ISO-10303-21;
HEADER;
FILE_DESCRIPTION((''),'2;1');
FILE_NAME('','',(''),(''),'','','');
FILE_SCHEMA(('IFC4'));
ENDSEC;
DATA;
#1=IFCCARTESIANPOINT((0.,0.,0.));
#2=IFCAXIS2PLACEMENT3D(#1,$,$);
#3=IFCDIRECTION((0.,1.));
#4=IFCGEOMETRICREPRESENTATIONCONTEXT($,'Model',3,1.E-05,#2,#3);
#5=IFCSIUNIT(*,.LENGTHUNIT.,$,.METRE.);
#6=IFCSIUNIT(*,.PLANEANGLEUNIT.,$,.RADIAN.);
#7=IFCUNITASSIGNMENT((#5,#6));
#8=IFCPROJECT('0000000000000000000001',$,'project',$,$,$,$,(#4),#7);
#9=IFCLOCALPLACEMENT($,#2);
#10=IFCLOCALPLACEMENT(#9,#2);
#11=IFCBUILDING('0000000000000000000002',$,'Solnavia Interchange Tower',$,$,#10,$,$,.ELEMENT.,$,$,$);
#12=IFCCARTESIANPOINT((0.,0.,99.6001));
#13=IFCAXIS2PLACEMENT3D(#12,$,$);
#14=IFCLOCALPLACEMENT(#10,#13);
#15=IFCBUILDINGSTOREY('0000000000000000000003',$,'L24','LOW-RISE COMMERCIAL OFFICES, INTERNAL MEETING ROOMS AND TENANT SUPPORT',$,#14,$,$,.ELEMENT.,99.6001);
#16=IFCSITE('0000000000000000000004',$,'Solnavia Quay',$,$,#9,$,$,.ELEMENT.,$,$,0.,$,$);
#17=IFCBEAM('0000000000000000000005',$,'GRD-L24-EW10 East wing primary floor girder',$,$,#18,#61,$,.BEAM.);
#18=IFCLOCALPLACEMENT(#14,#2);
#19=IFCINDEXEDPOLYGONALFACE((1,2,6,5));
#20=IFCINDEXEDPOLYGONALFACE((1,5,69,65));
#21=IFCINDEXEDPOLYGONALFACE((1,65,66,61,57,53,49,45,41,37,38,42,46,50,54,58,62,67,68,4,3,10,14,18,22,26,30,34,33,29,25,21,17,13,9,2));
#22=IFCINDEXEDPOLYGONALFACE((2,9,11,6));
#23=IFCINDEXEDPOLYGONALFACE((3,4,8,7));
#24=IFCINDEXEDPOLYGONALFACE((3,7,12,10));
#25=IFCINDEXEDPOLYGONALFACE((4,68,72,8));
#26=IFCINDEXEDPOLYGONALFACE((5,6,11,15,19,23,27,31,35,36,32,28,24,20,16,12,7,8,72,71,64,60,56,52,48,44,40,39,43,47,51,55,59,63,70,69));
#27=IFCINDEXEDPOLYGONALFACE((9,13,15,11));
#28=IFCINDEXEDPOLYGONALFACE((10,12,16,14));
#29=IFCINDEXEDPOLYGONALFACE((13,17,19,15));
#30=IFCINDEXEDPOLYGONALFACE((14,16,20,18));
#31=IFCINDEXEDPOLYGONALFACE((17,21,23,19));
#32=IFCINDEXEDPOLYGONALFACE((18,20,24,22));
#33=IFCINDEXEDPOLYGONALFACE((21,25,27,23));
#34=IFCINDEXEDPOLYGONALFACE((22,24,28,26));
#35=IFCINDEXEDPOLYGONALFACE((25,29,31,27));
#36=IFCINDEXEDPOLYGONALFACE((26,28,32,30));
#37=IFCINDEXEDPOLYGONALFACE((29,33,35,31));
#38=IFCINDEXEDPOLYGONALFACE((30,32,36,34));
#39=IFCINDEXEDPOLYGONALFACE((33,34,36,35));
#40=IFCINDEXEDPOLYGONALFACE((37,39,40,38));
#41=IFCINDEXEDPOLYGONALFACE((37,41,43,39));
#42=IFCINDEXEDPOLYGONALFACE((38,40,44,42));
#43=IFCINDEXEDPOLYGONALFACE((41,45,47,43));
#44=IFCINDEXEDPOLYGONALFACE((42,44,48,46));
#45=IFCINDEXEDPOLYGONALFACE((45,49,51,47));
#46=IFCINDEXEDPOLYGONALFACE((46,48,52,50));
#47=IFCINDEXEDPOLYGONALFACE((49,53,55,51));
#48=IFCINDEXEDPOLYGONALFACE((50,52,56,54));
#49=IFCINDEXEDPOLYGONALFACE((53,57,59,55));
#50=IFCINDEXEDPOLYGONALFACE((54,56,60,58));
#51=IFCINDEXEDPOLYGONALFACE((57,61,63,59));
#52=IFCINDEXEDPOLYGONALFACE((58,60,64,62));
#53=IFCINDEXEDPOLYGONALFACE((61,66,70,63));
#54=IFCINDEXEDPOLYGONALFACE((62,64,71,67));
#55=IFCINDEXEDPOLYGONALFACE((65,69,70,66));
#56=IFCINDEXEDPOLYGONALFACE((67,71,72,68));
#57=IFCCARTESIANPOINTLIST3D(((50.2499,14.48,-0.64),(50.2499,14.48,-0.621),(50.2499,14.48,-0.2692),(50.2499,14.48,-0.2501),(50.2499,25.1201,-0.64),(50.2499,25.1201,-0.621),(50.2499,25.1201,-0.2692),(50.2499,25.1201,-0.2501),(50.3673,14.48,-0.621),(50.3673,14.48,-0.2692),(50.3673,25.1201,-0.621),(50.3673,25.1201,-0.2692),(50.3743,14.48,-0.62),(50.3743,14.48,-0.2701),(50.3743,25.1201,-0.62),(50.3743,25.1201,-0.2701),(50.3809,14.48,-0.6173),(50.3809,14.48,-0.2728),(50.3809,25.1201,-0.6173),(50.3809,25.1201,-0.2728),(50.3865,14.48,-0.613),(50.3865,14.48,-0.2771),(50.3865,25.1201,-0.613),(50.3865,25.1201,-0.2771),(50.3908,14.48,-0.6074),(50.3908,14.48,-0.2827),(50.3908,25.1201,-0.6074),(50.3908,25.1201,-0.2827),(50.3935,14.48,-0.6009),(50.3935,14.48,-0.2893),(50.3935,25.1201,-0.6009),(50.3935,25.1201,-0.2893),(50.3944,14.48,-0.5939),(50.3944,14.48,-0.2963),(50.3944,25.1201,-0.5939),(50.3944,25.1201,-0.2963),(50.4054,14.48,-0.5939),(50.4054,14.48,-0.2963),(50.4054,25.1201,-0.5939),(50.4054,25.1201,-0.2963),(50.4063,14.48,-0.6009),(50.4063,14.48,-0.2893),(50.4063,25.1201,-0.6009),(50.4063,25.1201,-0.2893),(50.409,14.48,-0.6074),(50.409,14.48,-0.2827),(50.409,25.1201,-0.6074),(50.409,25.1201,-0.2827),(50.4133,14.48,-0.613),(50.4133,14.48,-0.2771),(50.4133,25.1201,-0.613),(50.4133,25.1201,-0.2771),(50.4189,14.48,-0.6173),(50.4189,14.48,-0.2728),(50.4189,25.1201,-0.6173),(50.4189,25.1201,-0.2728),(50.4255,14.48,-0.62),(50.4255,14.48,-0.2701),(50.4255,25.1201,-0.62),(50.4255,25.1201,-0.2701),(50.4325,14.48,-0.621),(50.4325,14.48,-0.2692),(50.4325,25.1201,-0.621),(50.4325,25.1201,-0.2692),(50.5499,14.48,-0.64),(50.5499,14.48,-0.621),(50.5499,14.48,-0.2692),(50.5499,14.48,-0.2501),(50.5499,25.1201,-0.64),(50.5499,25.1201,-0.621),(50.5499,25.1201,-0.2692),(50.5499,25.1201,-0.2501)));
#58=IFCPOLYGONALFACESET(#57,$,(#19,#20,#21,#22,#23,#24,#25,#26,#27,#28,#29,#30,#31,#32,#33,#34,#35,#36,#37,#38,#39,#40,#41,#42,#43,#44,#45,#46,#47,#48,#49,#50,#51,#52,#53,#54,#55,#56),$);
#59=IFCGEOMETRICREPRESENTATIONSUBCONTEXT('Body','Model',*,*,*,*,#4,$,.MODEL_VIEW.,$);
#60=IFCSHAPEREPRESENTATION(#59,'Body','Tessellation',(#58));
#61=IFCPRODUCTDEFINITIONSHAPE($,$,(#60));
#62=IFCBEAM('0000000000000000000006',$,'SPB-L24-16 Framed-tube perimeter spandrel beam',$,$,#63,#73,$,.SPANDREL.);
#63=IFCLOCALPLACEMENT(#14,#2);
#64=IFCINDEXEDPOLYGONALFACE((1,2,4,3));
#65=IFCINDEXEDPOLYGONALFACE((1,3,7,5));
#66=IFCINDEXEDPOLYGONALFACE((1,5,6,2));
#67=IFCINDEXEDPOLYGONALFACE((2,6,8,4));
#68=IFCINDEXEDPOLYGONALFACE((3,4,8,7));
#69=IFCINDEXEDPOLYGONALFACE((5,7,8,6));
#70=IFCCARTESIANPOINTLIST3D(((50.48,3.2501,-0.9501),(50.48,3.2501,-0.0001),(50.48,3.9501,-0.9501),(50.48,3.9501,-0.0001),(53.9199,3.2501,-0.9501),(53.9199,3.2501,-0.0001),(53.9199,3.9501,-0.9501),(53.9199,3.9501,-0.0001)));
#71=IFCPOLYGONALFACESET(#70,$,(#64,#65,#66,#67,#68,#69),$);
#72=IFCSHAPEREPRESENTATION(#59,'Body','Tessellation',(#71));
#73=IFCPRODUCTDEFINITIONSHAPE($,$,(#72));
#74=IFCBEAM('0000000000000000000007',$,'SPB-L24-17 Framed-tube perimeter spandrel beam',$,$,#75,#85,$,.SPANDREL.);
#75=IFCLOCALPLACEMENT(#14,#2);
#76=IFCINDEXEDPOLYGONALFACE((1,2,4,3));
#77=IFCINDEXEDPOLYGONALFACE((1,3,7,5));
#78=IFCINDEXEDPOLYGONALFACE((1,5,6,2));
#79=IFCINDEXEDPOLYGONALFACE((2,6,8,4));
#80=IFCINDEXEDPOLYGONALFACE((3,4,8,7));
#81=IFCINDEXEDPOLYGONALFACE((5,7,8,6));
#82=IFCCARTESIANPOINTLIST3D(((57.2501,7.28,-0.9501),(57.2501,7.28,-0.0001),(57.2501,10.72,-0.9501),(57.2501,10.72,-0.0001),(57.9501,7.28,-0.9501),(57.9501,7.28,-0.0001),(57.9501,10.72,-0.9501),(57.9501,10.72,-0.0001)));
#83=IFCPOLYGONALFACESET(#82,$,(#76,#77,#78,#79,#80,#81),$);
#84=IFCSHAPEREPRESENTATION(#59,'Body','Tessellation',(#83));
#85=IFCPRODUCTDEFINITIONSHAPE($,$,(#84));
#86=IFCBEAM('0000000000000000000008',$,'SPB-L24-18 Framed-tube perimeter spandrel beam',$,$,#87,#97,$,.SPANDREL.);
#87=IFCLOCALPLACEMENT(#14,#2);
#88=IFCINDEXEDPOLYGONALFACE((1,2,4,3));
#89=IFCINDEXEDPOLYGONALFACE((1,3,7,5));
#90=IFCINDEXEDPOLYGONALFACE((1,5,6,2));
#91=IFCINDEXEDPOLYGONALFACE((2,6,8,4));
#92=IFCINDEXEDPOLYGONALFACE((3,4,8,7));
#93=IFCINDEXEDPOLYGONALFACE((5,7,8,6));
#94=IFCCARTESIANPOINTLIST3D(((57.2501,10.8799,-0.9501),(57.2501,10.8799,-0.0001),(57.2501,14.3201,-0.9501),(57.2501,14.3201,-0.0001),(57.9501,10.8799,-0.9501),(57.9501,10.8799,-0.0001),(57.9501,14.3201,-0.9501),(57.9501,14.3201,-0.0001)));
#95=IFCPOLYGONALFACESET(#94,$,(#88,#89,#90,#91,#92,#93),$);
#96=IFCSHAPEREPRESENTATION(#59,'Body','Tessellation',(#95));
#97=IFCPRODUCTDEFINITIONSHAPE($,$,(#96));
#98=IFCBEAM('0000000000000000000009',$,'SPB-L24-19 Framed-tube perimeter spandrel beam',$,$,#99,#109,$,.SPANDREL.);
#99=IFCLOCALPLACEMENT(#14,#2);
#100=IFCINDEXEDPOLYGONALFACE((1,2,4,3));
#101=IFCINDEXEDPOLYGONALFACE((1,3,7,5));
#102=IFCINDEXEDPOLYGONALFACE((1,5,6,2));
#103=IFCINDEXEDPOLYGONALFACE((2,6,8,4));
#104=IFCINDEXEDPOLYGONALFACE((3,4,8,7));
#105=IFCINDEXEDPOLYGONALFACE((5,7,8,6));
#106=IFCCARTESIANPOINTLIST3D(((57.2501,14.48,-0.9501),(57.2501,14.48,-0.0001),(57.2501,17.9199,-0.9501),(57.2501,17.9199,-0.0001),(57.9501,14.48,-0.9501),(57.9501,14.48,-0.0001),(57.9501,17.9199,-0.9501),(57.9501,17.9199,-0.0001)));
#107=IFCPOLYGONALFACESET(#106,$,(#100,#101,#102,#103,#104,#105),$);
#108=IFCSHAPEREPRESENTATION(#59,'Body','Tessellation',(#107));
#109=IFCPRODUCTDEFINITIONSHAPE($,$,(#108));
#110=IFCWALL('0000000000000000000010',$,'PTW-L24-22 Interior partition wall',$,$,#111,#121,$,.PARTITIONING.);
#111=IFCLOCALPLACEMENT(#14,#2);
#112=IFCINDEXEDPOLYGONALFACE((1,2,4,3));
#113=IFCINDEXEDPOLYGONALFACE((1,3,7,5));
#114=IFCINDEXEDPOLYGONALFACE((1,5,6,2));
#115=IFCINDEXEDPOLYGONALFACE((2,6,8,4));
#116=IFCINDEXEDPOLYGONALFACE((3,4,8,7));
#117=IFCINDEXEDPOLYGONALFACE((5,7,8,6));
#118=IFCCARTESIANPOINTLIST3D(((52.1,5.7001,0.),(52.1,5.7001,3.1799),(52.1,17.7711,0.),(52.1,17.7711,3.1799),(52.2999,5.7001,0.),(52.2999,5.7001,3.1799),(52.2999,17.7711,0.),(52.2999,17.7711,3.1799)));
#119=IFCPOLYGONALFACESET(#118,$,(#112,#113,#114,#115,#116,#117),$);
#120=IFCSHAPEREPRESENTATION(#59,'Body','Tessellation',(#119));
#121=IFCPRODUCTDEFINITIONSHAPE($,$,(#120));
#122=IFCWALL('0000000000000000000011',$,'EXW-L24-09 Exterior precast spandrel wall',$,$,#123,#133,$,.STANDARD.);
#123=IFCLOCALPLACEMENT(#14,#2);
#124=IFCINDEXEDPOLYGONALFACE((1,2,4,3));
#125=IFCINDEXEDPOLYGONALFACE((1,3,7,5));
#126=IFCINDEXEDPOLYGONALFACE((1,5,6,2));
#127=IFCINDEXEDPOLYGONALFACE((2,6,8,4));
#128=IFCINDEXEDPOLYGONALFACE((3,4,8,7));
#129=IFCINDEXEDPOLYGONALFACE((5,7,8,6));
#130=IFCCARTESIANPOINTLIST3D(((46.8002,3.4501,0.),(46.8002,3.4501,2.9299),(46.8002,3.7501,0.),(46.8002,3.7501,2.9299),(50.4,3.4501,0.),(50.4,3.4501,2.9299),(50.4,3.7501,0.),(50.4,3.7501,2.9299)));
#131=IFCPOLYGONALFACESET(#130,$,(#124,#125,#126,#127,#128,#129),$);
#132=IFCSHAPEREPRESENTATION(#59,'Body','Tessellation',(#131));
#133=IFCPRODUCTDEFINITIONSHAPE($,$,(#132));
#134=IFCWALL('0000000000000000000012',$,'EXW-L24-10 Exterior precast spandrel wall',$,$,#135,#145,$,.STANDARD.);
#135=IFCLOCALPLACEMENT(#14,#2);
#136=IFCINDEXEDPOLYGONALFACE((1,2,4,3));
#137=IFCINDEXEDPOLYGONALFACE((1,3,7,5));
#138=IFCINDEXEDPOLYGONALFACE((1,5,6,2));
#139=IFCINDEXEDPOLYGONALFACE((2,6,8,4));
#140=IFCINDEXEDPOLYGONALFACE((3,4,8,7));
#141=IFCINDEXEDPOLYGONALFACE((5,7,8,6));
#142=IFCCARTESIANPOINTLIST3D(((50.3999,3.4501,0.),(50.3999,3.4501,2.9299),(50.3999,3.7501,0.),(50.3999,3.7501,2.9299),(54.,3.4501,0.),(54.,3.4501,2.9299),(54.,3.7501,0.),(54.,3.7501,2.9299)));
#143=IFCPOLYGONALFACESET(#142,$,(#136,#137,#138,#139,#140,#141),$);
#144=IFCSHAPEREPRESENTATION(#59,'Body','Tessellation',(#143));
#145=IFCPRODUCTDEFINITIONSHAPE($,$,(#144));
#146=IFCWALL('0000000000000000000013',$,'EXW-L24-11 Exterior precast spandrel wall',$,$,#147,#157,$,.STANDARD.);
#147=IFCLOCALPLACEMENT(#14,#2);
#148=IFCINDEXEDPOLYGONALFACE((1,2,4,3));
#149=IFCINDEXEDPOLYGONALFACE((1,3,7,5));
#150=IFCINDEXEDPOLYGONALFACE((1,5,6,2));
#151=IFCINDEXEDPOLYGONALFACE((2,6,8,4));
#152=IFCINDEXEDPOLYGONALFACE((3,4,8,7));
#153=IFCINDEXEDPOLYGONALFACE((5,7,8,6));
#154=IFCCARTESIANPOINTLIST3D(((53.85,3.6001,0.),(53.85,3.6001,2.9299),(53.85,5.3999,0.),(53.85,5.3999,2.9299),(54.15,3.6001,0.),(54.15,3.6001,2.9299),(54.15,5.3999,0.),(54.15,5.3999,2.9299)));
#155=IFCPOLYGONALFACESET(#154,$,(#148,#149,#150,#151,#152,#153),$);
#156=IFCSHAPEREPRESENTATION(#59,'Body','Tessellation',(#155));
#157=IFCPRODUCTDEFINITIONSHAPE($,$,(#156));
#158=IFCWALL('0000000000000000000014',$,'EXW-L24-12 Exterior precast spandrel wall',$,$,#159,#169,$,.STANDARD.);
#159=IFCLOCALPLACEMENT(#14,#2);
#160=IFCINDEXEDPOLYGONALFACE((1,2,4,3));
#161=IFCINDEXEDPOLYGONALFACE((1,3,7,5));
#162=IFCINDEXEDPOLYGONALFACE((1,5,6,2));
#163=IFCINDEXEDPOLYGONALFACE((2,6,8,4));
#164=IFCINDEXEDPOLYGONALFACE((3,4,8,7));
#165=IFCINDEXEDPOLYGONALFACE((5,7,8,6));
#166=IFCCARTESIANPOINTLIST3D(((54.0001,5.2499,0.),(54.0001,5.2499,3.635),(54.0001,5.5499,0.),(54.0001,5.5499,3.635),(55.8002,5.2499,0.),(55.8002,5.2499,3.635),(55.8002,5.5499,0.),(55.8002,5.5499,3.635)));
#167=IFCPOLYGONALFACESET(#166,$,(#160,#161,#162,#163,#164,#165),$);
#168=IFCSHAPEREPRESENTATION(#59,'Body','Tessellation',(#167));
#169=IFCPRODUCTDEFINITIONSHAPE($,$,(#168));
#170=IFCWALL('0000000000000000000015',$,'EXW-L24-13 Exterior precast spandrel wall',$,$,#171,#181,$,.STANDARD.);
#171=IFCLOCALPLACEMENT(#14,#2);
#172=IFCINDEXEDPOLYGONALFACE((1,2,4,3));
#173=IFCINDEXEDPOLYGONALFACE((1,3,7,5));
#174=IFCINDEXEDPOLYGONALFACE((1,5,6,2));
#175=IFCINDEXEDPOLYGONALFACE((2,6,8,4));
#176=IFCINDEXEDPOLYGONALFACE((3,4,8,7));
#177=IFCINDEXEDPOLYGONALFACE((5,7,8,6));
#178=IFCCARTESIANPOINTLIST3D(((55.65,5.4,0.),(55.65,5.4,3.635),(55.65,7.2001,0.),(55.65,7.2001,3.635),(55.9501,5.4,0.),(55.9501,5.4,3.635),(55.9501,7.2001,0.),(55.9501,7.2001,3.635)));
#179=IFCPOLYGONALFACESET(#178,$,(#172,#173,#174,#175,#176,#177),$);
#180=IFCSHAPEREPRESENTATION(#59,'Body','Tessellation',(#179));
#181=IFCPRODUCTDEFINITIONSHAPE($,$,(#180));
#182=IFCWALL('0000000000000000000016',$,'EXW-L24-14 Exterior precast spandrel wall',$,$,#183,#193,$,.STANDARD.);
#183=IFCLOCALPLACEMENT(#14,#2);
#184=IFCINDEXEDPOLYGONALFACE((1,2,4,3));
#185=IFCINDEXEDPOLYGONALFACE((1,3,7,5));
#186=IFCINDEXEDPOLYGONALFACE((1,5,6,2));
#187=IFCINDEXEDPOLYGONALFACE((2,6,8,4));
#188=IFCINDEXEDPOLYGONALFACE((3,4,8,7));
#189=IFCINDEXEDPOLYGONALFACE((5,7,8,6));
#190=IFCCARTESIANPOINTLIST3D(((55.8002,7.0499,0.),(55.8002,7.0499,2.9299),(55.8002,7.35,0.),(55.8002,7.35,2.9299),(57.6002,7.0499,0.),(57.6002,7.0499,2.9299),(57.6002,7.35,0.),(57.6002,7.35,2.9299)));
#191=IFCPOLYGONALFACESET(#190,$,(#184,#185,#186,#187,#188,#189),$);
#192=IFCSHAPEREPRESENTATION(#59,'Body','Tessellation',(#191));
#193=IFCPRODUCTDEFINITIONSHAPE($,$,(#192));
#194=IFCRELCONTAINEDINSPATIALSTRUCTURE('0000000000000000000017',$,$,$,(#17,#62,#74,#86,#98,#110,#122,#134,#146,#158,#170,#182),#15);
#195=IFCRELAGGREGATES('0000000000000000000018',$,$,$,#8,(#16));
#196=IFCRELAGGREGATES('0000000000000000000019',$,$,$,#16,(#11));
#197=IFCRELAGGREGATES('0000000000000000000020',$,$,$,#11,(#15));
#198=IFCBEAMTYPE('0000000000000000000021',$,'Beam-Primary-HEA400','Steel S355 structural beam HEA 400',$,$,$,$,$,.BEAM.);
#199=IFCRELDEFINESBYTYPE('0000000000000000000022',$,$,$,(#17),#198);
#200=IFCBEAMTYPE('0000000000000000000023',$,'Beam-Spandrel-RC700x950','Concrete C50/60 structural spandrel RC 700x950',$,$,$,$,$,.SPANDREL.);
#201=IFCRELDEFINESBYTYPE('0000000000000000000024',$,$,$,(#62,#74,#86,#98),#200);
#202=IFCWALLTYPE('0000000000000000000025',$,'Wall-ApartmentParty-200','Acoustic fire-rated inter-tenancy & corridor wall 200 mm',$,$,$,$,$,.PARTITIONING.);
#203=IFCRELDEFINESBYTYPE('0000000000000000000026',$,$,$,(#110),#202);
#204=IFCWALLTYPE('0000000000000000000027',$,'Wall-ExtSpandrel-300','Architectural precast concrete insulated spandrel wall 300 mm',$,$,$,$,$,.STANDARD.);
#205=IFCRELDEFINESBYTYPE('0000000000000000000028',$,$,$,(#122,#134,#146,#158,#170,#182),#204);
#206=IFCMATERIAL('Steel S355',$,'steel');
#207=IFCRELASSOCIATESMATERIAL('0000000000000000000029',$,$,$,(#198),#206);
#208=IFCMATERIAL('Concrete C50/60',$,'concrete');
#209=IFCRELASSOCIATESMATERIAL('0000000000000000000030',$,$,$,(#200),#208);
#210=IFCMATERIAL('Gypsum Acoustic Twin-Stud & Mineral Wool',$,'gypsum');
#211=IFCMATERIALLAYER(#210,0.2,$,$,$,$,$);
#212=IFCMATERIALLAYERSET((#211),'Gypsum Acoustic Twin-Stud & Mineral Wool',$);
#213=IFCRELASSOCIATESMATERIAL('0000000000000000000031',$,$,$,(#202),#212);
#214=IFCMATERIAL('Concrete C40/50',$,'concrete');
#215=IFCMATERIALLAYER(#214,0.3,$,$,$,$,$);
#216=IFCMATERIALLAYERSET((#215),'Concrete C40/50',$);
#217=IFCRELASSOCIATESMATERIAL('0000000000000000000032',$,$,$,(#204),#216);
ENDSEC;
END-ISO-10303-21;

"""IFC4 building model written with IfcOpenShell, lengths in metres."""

from ifc_helpers import new_model, si_unit, direction, frame, frame_2d, origin, origin_2d, place, context, subcontext, project, spatial, rectangle, i_section, extrude, material, layer, layer_set, material_profile, profile_set, type_object, element, save


model = new_model("IFC4")

# Units and contexts
model_context = context("Model", 3, precision=1e-05, world=origin(), true_north=direction((0.0, 1.0)))
body_context = subcontext(model_context, "Body", "Model", "MODEL_VIEW")
ifc_project = project(units=[si_unit("LENGTHUNIT", "METRE"), si_unit("PLANEANGLEUNIT", "RADIAN")], contexts=[model_context])

# Site, building, storey
site_placement = place(None, origin())
site = spatial("IfcSite", under=ifc_project, at=site_placement, Name="Solnavia Quay", CompositionType="ELEMENT", RefElevation=0.0)
building_placement = place(site_placement, origin())
building = spatial("IfcBuilding", under=site, at=building_placement, Name="Solnavia Interchange Tower", CompositionType="ELEMENT")
storey_placement = place(building_placement, frame((0.0, 0.0, 99.6001)))
storey = spatial("IfcBuildingStorey", under=building, at=storey_placement, Name="L24", Description="LOW-RISE COMMERCIAL OFFICES, INTERNAL MEETING ROOMS AND TENANT SUPPORT", CompositionType="ELEMENT", Elevation=99.6001)

# Shared definitions
ifc_material_1 = material(Name="Concrete C50/60", Category="concrete")
ifc_material_2 = material(Name="Steel S355", Category="steel")

# Beams
ifc_material_profile_1 = material_profile(ifc_material_2, i_section(OverallWidth=0.3, OverallDepth=0.3899, WebThickness=0.011, FlangeThickness=0.019, FilletRadius=0.0271, at=origin_2d()), Name="HEA 400")
ifc_profile_set_1 = profile_set([ifc_material_profile_1], Name="Steel S355")
beam_type_1 = type_object("IfcBeamType", Name="Beam-Primary-HEA400", Description="Steel S355 structural beam HEA 400", PredefinedType="BEAM", material=ifc_profile_set_1)
for number, where, z_axis, x_axis, name in (
    (1, (50.3999, 14.48, -0.4451), (0.0, 1.0, 0.0), (-1.0, 0.0, 0.0), "GRD-L24-EW10 East wing primary floor girder"),
):
    element("IfcBeam", number, at=place(storey_placement, frame(where, z_axis=z_axis, x_axis=x_axis)), inside=storey, type_object=beam_type_1, Name=name, PredefinedType="BEAM", context=body_context, shape_type="SweptSolid", body=[
        extrude(i_section(OverallWidth=0.3, OverallDepth=0.3899, WebThickness=0.011, FlangeThickness=0.019, FilletRadius=0.0271, at=origin_2d()), origin(), (0.0, 0.0, 1.0), 10.6401),
    ])
ifc_material_profile_2 = material_profile(ifc_material_1, rectangle(XDim=0.7, YDim=0.95, at=origin_2d()), Name="RC 700x950")
ifc_profile_set_2 = profile_set([ifc_material_profile_2], Name="Concrete C50/60")
beam_type_2 = type_object("IfcBeamType", Name="Beam-Spandrel-RC700x950", Description="Concrete C50/60 structural spandrel RC 700x950", PredefinedType="SPANDREL", material=ifc_profile_set_2)
for number, where, z_axis, x_axis, name in (
    (2, (50.48, 3.6001, -0.4751), (1.0, 0.0, 0.0), (0.0, 1.0, 0.0), "SPB-L24-16 Framed-tube perimeter spandrel beam"),
    (3, (57.6001, 7.28, -0.4751), (0.0, 1.0, 0.0), (-1.0, 0.0, 0.0), "SPB-L24-17 Framed-tube perimeter spandrel beam"),
):
    element("IfcBeam", number, at=place(storey_placement, frame(where, z_axis=z_axis, x_axis=x_axis)), inside=storey, type_object=beam_type_2, Name=name, PredefinedType="SPANDREL", context=body_context, shape_type="SweptSolid", body=[
        extrude(rectangle(XDim=0.7, YDim=0.95, at=origin_2d()), origin(), (0.0, 0.0, 1.0), 3.4399),
    ])
beam_1_placement = place(storey_placement, frame((57.6001, 10.8799, -0.4751), z_axis=(0.0, 1.0, 0.0), x_axis=(-1.0, 0.0, 0.0)))
element("IfcBeam", 4, at=beam_1_placement, inside=storey, type_object=beam_type_2, Name="SPB-L24-18 Framed-tube perimeter spandrel beam", PredefinedType="SPANDREL", context=body_context, shape_type="SweptSolid", body=[
    extrude(rectangle(XDim=0.7, YDim=0.95, at=origin_2d()), origin(), (0.0, 0.0, 1.0), 3.4402),
])
beam_2_placement = place(storey_placement, frame((57.6001, 14.48, -0.4751), z_axis=(0.0, 1.0, 0.0), x_axis=(-1.0, 0.0, 0.0)))
element("IfcBeam", 5, at=beam_2_placement, inside=storey, type_object=beam_type_2, Name="SPB-L24-19 Framed-tube perimeter spandrel beam", PredefinedType="SPANDREL", context=body_context, shape_type="SweptSolid", body=[
    extrude(rectangle(XDim=0.7, YDim=0.95, at=origin_2d()), origin(), (0.0, 0.0, 1.0), 3.4399),
])

# Walls
ifc_material_3 = material(Name="Gypsum Acoustic Twin-Stud & Mineral Wool", Category="gypsum")
ifc_layer_1 = layer(ifc_material_3, 0.2)
ifc_layer_set_1 = layer_set([ifc_layer_1], Name="Gypsum Acoustic Twin-Stud & Mineral Wool")
wall_type_1 = type_object("IfcWallType", Name="Wall-ApartmentParty-200", Description="Acoustic fire-rated inter-tenancy & corridor wall 200 mm", PredefinedType="PARTITIONING", material=ifc_layer_set_1)
wall_1_placement = place(storey_placement, frame((52.2, 5.7, 0.0), z_axis=(0.0, 0.0, 1.0), x_axis=(0.0, 1.0, 0.0)))
element("IfcWall", 6, at=wall_1_placement, inside=storey, type_object=wall_type_1, Name="PTW-L24-22 Interior partition wall", PredefinedType="PARTITIONING", context=body_context, shape_type="SweptSolid", body=[
    extrude(rectangle(XDim=12.071, YDim=0.2, at=frame_2d((6.0356, 0.0))), origin(), (0.0, 0.0, 1.0), 3.1799),
])
ifc_material_4 = material(Name="Concrete C40/50", Category="concrete")
ifc_layer_2 = layer(ifc_material_4, 0.3)
ifc_layer_set_2 = layer_set([ifc_layer_2], Name="Concrete C40/50")
wall_type_2 = type_object("IfcWallType", Name="Wall-ExtSpandrel-300", Description="Architectural precast concrete insulated spandrel wall 300 mm", PredefinedType="STANDARD", material=ifc_layer_set_2)
wall_2_placement = place(storey_placement, frame((50.3999, 3.6001, 0.0), z_axis=(0.0, 0.0, 1.0), x_axis=(-1.0, 0.0, 0.0)))
element("IfcWall", 7, at=wall_2_placement, inside=storey, type_object=wall_type_2, Name="EXW-L24-09 Exterior precast spandrel wall", PredefinedType="STANDARD", context=body_context, shape_type="SweptSolid", body=[
    extrude(rectangle(XDim=3.5999, YDim=0.3, at=frame_2d((1.7998, 0.0))), origin(), (0.0, 0.0, 1.0), 2.9299),
])
wall_3_placement = place(storey_placement, frame((54.0, 3.6001, 0.0), z_axis=(0.0, 0.0, 1.0), x_axis=(-1.0, 0.0, 0.0)))
element("IfcWall", 8, at=wall_3_placement, inside=storey, type_object=wall_type_2, Name="EXW-L24-10 Exterior precast spandrel wall", PredefinedType="STANDARD", context=body_context, shape_type="SweptSolid", body=[
    extrude(rectangle(XDim=3.6001, YDim=0.3, at=frame_2d((1.8, 0.0))), origin(), (0.0, 0.0, 1.0), 2.9299),
])
wall_4_placement = place(storey_placement, frame((54.0, 5.3999, 0.0), z_axis=(0.0, 0.0, 1.0), x_axis=(0.0, -1.0, 0.0)))
element("IfcWall", 9, at=wall_4_placement, inside=storey, type_object=wall_type_2, Name="EXW-L24-11 Exterior precast spandrel wall", PredefinedType="STANDARD", context=body_context, shape_type="SweptSolid", body=[
    extrude(rectangle(XDim=1.7998, YDim=0.3, at=frame_2d((0.8999, 0.0))), origin(), (0.0, 0.0, 1.0), 2.9299),
])
for number, where, z_axis, x_axis, name in (
    (10, (55.8, 5.3999, 0.0), (0.0, 0.0, 1.0), (-1.0, 0.0, 0.0), "EXW-L24-12 Exterior precast spandrel wall"),
    (11, (55.8, 7.2, 0.0), (0.0, 0.0, 1.0), (0.0, -1.0, 0.0), "EXW-L24-13 Exterior precast spandrel wall"),
):
    element("IfcWall", number, at=place(storey_placement, frame(where, z_axis=z_axis, x_axis=x_axis)), inside=storey, type_object=wall_type_2, Name=name, PredefinedType="STANDARD", context=body_context, shape_type="SweptSolid", body=[
        extrude(rectangle(XDim=1.8, YDim=0.3, at=frame_2d((0.8999, 0.0))), origin(), (0.0, 0.0, 1.0), 3.635),
    ])
wall_5_placement = place(storey_placement, frame((57.6001, 7.2, 0.0), z_axis=(0.0, 0.0, 1.0), x_axis=(-1.0, 0.0, 0.0)))
element("IfcWall", 12, at=wall_5_placement, inside=storey, type_object=wall_type_2, Name="EXW-L24-14 Exterior precast spandrel wall", PredefinedType="STANDARD", context=body_context, shape_type="SweptSolid", body=[
    extrude(rectangle(XDim=1.8, YDim=0.3, at=frame_2d((0.8999, 0.0))), origin(), (0.0, 0.0, 1.0), 2.9299),
])

save(model, "model.ifc")
